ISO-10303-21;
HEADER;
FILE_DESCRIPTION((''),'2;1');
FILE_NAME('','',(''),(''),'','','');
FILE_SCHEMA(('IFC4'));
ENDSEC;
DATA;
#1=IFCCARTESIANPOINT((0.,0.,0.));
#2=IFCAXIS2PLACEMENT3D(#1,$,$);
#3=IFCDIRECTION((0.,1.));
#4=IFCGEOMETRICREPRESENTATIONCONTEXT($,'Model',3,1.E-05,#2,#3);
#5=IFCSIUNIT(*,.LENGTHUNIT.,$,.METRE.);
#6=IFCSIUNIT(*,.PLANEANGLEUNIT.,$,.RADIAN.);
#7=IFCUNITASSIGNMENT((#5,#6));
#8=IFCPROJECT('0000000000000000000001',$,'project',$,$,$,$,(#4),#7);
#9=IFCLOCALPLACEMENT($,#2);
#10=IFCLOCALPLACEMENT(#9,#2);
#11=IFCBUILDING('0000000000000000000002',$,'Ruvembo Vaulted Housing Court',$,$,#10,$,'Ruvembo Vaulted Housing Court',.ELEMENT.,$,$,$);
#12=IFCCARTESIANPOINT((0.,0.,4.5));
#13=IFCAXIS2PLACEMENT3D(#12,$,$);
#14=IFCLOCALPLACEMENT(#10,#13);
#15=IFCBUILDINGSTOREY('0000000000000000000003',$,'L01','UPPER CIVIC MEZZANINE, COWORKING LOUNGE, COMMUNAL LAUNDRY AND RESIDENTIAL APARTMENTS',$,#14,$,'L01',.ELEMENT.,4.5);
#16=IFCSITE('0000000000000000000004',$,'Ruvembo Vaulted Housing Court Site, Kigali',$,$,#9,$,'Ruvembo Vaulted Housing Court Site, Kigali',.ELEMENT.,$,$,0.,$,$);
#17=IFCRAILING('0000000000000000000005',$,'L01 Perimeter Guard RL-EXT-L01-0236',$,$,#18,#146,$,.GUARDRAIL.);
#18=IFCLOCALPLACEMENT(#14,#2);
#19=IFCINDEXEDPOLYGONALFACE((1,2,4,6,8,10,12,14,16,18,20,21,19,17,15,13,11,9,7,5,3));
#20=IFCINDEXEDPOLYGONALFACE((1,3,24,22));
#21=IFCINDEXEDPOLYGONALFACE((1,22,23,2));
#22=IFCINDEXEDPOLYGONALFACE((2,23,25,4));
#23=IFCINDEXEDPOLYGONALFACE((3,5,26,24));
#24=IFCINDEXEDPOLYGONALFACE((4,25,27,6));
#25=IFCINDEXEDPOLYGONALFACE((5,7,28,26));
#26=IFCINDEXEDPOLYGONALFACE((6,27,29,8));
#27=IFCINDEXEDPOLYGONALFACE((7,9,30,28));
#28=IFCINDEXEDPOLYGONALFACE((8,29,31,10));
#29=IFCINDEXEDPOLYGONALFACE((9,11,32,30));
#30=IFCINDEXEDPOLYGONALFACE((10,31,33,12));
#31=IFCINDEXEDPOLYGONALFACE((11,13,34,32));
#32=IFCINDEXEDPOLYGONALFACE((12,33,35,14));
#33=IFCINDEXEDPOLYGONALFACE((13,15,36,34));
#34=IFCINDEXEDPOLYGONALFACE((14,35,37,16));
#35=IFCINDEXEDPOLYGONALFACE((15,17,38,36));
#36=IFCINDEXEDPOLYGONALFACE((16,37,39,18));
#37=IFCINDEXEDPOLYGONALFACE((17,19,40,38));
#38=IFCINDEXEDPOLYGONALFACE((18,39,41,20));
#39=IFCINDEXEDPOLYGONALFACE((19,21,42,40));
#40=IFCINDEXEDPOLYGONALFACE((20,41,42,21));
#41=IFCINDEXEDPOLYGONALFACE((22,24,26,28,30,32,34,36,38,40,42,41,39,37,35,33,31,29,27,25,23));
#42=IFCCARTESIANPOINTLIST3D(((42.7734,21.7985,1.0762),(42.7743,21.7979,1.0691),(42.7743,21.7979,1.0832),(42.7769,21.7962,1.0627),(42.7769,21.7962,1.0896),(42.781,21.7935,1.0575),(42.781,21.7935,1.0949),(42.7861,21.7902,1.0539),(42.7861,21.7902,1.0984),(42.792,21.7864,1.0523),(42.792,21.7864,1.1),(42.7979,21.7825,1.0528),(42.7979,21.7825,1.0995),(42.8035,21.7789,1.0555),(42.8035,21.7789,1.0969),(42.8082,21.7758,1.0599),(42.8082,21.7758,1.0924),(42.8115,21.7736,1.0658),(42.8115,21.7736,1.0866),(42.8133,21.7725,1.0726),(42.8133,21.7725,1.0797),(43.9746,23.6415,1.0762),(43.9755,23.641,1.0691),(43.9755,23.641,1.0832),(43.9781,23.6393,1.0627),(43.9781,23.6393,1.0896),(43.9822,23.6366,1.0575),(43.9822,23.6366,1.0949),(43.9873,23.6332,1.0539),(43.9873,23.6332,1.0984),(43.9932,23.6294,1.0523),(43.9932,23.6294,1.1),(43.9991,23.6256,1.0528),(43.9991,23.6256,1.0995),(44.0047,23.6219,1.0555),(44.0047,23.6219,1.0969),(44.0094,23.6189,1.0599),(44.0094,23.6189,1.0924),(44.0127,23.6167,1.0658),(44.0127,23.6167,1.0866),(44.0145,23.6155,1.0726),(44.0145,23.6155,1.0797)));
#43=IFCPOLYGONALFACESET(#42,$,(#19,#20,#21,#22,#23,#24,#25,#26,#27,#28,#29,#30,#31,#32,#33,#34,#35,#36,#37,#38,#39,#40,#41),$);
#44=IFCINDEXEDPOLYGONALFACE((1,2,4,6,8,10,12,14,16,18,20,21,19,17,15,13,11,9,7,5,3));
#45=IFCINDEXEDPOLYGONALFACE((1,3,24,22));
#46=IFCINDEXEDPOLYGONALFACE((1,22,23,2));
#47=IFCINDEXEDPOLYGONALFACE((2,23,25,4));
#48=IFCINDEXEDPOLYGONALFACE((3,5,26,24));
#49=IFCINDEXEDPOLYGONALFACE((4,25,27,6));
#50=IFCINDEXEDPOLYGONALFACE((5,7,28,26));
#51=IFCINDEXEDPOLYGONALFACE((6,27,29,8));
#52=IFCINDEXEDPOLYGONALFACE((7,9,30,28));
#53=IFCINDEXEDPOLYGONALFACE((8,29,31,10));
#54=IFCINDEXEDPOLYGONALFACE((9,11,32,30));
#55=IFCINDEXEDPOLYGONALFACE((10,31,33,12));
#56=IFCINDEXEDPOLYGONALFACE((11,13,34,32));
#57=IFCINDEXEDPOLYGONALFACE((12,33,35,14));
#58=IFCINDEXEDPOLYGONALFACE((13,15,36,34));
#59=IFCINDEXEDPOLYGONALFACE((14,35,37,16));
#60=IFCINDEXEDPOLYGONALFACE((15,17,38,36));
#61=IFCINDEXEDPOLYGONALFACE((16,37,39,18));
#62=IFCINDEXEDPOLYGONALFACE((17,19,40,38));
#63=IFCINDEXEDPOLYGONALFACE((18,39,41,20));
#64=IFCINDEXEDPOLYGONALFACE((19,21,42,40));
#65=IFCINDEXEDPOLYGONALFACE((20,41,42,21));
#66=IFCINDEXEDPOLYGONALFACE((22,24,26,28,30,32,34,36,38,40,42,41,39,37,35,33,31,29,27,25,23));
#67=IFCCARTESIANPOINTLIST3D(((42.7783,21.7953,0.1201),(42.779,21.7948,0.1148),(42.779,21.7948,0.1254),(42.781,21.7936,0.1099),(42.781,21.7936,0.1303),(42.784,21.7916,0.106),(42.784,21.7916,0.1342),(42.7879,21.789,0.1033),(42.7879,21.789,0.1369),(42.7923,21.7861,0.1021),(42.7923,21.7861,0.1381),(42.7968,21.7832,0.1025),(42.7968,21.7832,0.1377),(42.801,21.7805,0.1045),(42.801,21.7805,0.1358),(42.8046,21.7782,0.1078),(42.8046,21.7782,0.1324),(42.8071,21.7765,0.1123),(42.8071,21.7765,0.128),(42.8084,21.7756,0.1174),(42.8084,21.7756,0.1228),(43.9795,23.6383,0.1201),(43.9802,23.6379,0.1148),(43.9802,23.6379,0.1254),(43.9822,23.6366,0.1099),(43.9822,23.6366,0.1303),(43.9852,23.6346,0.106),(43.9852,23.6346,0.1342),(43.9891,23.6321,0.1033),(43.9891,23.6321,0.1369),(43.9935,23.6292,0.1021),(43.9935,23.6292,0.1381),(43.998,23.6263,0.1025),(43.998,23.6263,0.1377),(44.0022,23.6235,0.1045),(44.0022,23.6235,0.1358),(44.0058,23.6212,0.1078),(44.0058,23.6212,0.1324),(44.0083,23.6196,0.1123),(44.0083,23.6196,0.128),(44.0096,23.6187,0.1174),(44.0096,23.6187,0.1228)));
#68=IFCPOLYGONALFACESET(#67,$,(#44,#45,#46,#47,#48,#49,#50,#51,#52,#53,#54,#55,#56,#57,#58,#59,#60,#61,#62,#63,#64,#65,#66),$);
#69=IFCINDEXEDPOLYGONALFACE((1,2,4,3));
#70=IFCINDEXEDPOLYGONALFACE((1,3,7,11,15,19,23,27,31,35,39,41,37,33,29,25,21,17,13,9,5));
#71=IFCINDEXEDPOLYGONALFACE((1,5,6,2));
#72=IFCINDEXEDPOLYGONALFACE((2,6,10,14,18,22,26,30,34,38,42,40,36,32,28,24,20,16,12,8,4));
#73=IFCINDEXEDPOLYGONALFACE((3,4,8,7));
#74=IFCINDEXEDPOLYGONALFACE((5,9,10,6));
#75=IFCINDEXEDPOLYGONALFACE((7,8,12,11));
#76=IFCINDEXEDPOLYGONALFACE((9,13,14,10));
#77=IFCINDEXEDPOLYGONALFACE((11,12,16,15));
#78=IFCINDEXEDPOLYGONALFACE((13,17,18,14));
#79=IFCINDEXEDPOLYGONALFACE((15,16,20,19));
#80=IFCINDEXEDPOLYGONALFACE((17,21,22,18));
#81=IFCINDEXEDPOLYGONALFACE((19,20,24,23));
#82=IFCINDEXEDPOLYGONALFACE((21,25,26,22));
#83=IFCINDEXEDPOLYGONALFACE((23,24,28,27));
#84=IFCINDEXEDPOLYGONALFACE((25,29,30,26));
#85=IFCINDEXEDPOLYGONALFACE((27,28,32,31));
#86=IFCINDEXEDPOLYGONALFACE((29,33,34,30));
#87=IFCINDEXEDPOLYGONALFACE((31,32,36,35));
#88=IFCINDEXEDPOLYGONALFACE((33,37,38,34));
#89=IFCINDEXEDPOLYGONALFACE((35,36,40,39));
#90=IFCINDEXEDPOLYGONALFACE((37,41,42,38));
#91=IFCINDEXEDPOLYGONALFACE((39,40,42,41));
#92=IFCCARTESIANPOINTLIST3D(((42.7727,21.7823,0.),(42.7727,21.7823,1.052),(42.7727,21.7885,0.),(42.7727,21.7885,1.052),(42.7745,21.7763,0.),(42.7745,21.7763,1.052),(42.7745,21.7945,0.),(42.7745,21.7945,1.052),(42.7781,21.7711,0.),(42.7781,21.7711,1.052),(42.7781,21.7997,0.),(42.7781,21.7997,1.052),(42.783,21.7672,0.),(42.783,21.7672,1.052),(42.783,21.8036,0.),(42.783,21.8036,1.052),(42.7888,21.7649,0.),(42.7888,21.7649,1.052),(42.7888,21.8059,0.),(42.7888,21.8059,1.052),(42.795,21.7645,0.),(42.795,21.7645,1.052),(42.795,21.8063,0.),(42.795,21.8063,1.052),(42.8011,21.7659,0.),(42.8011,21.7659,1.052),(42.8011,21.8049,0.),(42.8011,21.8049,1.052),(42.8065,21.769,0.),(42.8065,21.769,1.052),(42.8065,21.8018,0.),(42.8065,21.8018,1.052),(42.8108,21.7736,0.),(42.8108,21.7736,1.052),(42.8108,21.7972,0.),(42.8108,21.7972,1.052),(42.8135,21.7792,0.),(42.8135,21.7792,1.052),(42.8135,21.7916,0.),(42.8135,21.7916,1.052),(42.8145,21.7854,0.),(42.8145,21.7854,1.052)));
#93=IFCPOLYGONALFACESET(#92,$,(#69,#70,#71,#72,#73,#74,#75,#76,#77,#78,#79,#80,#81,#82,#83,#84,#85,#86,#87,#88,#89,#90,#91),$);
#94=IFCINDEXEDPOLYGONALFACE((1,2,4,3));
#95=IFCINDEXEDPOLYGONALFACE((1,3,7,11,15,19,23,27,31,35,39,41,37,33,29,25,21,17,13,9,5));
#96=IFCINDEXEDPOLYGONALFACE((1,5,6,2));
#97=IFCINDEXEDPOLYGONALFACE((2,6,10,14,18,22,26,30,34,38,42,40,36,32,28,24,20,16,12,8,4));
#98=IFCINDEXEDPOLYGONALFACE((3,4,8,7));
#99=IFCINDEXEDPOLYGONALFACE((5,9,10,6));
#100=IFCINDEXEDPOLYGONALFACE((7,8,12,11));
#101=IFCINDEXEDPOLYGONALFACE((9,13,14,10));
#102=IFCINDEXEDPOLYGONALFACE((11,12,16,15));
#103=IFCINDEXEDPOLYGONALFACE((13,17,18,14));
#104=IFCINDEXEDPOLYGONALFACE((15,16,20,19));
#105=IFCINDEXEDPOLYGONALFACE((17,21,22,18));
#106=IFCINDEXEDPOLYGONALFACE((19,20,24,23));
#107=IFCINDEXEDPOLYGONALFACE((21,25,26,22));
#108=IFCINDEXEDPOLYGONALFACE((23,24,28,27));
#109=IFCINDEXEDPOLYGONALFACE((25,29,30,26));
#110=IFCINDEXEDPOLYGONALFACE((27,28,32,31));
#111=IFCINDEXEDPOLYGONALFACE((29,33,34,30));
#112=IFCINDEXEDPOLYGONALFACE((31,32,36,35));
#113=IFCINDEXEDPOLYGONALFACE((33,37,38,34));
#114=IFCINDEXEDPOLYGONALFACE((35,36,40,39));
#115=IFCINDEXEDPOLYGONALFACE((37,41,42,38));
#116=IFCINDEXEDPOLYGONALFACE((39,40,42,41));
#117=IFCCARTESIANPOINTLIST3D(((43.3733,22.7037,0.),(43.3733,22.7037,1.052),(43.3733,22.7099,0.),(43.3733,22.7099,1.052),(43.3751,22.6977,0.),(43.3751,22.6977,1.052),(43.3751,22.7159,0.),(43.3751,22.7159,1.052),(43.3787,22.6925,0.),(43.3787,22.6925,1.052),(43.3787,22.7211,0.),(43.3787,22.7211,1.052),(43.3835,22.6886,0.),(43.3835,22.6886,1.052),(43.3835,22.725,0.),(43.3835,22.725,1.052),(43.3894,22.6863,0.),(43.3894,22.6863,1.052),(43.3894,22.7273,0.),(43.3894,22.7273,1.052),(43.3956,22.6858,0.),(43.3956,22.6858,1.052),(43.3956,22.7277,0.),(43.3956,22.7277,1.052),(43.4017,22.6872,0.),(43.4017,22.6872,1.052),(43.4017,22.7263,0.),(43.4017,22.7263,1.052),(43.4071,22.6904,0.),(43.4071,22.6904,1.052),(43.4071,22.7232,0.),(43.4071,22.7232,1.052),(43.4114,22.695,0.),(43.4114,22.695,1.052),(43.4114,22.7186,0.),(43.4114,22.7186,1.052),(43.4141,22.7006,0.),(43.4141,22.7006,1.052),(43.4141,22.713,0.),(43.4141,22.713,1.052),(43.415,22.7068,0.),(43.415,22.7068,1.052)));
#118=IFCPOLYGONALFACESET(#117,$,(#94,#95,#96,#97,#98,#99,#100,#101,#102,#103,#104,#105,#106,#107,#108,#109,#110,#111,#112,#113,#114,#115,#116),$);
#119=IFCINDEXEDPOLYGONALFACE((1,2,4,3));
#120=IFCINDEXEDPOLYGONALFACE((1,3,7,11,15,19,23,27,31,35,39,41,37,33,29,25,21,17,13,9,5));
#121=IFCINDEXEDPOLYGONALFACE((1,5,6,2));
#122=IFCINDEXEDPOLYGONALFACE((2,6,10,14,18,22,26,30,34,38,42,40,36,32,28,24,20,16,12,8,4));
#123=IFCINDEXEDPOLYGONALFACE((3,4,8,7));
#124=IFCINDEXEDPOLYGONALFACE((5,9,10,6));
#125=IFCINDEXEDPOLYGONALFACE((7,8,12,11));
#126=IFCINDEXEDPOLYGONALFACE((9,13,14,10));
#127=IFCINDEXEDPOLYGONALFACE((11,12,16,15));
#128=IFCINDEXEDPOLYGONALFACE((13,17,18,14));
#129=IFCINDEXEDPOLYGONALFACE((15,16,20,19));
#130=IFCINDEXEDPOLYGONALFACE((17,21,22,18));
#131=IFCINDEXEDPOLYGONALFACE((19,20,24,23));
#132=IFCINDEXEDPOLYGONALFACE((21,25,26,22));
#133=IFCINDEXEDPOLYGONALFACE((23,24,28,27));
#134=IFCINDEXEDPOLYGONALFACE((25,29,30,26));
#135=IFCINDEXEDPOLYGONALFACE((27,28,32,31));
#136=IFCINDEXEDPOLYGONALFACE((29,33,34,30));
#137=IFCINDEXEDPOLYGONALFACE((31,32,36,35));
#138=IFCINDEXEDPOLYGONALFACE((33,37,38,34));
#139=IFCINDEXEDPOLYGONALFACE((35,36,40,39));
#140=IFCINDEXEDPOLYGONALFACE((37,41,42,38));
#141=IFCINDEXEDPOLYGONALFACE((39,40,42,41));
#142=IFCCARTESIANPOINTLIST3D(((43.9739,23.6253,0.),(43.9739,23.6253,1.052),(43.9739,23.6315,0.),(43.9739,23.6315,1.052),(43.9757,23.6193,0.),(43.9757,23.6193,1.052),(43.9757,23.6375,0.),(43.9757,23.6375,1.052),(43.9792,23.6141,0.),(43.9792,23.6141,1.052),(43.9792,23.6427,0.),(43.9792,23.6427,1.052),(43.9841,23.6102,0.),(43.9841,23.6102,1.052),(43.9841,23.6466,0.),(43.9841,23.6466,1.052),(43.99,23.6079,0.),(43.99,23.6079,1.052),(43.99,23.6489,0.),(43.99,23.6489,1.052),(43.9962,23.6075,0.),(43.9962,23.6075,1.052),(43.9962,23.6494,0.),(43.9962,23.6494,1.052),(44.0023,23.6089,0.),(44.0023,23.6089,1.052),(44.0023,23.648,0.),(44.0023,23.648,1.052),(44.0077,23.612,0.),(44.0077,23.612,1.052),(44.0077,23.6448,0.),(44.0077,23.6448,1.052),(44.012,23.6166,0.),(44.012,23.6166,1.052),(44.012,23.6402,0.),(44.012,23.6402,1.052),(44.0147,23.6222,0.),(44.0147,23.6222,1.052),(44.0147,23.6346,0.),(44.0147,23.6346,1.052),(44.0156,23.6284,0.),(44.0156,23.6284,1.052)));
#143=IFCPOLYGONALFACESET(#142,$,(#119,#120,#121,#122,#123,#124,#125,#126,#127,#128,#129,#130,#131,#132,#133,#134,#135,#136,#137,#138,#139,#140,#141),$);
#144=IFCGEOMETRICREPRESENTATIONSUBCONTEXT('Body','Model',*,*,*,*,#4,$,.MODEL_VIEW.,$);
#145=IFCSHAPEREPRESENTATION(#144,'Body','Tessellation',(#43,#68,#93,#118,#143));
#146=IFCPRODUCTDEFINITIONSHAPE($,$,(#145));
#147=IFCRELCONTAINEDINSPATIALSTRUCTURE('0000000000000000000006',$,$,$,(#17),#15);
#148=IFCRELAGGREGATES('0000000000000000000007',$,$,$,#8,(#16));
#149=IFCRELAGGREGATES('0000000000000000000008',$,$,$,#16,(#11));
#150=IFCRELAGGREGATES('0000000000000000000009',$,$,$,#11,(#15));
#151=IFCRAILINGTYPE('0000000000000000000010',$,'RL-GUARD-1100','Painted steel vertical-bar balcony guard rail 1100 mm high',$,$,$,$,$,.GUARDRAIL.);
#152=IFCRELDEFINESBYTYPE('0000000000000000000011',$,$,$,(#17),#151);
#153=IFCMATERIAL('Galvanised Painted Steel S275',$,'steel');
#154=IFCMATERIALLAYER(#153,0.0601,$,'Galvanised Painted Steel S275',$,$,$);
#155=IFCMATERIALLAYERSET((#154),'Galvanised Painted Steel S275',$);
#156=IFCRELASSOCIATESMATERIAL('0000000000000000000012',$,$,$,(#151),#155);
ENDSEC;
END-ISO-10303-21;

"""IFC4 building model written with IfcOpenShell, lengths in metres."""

from ifc_helpers import new_model, si_unit, direction, frame, origin, origin_2d, place, context, subcontext, project, spatial, circle, extrude, material, layer, layer_set, type_object, element, save


model = new_model("IFC4")

# Units and contexts
model_context = context("Model", 3, precision=1e-05, world=origin(), true_north=direction((0.0, 1.0)))
body_context = subcontext(model_context, "Body", "Model", "MODEL_VIEW")
ifc_project = project(units=[si_unit("LENGTHUNIT", "METRE"), si_unit("PLANEANGLEUNIT", "RADIAN")], contexts=[model_context])

# Site, building, storey
site_placement = place(None, origin())
site = spatial("IfcSite", under=ifc_project, at=site_placement, Name="Ruvembo Vaulted Housing Court Site, Kigali", LongName="Ruvembo Vaulted Housing Court Site, Kigali", CompositionType="ELEMENT", RefElevation=0.0)
building_placement = place(site_placement, origin())
building = spatial("IfcBuilding", under=site, at=building_placement, Name="Ruvembo Vaulted Housing Court", LongName="Ruvembo Vaulted Housing Court", CompositionType="ELEMENT")
storey_placement = place(building_placement, frame((0.0, 0.0, 4.5)))
storey = spatial("IfcBuildingStorey", under=building, at=storey_placement, Name="L01", Description="UPPER CIVIC MEZZANINE, COWORKING LOUNGE, COMMUNAL LAUNDRY AND RESIDENTIAL APARTMENTS", LongName="L01", CompositionType="ELEMENT", Elevation=4.5)

# Railing
ifc_material_1 = material(Name="Galvanised Painted Steel S275", Category="steel")
ifc_layer_1 = layer(ifc_material_1, 0.0601, Name="Galvanised Painted Steel S275")
ifc_layer_set_1 = layer_set([ifc_layer_1], Name="Galvanised Painted Steel S275")
railing_type_1 = type_object("IfcRailingType", Name="RL-GUARD-1100", Description="Painted steel vertical-bar balcony guard rail 1100 mm high", PredefinedType="GUARDRAIL", material=ifc_layer_set_1)
railing_1_placement = place(storey_placement, frame((42.7935, 21.7854, 0.0)))
element("IfcRailing", 1, at=railing_1_placement, inside=storey, type_object=railing_type_1, Name="L01 Perimeter Guard RL-EXT-L01-0236", PredefinedType="GUARDRAIL", context=body_context, shape_type="SweptSolid", body=[
    extrude(circle(Radius=0.0239, at=origin_2d()), frame((0.0, 0.0, 1.0762), z_axis=(0.546014, 0.837776, 0.0), x_axis=(-0.837776, 0.546014, 0.0)), (0.0, 0.0, 1.0), 2.2),
    extrude(circle(Radius=0.0181, at=origin_2d()), frame((0.0, 0.0, 0.1201), z_axis=(0.546014, 0.837776, 0.0), x_axis=(-0.837776, 0.546014, 0.0)), (0.0, 0.0, 1.0), 2.2),
    extrude(circle(Radius=0.021, at=origin_2d()), origin(), (0.0, 0.0, 1.0), 1.052),
    extrude(circle(Radius=0.021, at=origin_2d()), frame((0.6006, 0.9214, 0.0)), (0.0, 0.0, 1.0), 1.052),
    extrude(circle(Radius=0.021, at=origin_2d()), frame((1.2012, 1.843, 0.0)), (0.0, 0.0, 1.0), 1.052),
])

save(model, "model.ifc")
